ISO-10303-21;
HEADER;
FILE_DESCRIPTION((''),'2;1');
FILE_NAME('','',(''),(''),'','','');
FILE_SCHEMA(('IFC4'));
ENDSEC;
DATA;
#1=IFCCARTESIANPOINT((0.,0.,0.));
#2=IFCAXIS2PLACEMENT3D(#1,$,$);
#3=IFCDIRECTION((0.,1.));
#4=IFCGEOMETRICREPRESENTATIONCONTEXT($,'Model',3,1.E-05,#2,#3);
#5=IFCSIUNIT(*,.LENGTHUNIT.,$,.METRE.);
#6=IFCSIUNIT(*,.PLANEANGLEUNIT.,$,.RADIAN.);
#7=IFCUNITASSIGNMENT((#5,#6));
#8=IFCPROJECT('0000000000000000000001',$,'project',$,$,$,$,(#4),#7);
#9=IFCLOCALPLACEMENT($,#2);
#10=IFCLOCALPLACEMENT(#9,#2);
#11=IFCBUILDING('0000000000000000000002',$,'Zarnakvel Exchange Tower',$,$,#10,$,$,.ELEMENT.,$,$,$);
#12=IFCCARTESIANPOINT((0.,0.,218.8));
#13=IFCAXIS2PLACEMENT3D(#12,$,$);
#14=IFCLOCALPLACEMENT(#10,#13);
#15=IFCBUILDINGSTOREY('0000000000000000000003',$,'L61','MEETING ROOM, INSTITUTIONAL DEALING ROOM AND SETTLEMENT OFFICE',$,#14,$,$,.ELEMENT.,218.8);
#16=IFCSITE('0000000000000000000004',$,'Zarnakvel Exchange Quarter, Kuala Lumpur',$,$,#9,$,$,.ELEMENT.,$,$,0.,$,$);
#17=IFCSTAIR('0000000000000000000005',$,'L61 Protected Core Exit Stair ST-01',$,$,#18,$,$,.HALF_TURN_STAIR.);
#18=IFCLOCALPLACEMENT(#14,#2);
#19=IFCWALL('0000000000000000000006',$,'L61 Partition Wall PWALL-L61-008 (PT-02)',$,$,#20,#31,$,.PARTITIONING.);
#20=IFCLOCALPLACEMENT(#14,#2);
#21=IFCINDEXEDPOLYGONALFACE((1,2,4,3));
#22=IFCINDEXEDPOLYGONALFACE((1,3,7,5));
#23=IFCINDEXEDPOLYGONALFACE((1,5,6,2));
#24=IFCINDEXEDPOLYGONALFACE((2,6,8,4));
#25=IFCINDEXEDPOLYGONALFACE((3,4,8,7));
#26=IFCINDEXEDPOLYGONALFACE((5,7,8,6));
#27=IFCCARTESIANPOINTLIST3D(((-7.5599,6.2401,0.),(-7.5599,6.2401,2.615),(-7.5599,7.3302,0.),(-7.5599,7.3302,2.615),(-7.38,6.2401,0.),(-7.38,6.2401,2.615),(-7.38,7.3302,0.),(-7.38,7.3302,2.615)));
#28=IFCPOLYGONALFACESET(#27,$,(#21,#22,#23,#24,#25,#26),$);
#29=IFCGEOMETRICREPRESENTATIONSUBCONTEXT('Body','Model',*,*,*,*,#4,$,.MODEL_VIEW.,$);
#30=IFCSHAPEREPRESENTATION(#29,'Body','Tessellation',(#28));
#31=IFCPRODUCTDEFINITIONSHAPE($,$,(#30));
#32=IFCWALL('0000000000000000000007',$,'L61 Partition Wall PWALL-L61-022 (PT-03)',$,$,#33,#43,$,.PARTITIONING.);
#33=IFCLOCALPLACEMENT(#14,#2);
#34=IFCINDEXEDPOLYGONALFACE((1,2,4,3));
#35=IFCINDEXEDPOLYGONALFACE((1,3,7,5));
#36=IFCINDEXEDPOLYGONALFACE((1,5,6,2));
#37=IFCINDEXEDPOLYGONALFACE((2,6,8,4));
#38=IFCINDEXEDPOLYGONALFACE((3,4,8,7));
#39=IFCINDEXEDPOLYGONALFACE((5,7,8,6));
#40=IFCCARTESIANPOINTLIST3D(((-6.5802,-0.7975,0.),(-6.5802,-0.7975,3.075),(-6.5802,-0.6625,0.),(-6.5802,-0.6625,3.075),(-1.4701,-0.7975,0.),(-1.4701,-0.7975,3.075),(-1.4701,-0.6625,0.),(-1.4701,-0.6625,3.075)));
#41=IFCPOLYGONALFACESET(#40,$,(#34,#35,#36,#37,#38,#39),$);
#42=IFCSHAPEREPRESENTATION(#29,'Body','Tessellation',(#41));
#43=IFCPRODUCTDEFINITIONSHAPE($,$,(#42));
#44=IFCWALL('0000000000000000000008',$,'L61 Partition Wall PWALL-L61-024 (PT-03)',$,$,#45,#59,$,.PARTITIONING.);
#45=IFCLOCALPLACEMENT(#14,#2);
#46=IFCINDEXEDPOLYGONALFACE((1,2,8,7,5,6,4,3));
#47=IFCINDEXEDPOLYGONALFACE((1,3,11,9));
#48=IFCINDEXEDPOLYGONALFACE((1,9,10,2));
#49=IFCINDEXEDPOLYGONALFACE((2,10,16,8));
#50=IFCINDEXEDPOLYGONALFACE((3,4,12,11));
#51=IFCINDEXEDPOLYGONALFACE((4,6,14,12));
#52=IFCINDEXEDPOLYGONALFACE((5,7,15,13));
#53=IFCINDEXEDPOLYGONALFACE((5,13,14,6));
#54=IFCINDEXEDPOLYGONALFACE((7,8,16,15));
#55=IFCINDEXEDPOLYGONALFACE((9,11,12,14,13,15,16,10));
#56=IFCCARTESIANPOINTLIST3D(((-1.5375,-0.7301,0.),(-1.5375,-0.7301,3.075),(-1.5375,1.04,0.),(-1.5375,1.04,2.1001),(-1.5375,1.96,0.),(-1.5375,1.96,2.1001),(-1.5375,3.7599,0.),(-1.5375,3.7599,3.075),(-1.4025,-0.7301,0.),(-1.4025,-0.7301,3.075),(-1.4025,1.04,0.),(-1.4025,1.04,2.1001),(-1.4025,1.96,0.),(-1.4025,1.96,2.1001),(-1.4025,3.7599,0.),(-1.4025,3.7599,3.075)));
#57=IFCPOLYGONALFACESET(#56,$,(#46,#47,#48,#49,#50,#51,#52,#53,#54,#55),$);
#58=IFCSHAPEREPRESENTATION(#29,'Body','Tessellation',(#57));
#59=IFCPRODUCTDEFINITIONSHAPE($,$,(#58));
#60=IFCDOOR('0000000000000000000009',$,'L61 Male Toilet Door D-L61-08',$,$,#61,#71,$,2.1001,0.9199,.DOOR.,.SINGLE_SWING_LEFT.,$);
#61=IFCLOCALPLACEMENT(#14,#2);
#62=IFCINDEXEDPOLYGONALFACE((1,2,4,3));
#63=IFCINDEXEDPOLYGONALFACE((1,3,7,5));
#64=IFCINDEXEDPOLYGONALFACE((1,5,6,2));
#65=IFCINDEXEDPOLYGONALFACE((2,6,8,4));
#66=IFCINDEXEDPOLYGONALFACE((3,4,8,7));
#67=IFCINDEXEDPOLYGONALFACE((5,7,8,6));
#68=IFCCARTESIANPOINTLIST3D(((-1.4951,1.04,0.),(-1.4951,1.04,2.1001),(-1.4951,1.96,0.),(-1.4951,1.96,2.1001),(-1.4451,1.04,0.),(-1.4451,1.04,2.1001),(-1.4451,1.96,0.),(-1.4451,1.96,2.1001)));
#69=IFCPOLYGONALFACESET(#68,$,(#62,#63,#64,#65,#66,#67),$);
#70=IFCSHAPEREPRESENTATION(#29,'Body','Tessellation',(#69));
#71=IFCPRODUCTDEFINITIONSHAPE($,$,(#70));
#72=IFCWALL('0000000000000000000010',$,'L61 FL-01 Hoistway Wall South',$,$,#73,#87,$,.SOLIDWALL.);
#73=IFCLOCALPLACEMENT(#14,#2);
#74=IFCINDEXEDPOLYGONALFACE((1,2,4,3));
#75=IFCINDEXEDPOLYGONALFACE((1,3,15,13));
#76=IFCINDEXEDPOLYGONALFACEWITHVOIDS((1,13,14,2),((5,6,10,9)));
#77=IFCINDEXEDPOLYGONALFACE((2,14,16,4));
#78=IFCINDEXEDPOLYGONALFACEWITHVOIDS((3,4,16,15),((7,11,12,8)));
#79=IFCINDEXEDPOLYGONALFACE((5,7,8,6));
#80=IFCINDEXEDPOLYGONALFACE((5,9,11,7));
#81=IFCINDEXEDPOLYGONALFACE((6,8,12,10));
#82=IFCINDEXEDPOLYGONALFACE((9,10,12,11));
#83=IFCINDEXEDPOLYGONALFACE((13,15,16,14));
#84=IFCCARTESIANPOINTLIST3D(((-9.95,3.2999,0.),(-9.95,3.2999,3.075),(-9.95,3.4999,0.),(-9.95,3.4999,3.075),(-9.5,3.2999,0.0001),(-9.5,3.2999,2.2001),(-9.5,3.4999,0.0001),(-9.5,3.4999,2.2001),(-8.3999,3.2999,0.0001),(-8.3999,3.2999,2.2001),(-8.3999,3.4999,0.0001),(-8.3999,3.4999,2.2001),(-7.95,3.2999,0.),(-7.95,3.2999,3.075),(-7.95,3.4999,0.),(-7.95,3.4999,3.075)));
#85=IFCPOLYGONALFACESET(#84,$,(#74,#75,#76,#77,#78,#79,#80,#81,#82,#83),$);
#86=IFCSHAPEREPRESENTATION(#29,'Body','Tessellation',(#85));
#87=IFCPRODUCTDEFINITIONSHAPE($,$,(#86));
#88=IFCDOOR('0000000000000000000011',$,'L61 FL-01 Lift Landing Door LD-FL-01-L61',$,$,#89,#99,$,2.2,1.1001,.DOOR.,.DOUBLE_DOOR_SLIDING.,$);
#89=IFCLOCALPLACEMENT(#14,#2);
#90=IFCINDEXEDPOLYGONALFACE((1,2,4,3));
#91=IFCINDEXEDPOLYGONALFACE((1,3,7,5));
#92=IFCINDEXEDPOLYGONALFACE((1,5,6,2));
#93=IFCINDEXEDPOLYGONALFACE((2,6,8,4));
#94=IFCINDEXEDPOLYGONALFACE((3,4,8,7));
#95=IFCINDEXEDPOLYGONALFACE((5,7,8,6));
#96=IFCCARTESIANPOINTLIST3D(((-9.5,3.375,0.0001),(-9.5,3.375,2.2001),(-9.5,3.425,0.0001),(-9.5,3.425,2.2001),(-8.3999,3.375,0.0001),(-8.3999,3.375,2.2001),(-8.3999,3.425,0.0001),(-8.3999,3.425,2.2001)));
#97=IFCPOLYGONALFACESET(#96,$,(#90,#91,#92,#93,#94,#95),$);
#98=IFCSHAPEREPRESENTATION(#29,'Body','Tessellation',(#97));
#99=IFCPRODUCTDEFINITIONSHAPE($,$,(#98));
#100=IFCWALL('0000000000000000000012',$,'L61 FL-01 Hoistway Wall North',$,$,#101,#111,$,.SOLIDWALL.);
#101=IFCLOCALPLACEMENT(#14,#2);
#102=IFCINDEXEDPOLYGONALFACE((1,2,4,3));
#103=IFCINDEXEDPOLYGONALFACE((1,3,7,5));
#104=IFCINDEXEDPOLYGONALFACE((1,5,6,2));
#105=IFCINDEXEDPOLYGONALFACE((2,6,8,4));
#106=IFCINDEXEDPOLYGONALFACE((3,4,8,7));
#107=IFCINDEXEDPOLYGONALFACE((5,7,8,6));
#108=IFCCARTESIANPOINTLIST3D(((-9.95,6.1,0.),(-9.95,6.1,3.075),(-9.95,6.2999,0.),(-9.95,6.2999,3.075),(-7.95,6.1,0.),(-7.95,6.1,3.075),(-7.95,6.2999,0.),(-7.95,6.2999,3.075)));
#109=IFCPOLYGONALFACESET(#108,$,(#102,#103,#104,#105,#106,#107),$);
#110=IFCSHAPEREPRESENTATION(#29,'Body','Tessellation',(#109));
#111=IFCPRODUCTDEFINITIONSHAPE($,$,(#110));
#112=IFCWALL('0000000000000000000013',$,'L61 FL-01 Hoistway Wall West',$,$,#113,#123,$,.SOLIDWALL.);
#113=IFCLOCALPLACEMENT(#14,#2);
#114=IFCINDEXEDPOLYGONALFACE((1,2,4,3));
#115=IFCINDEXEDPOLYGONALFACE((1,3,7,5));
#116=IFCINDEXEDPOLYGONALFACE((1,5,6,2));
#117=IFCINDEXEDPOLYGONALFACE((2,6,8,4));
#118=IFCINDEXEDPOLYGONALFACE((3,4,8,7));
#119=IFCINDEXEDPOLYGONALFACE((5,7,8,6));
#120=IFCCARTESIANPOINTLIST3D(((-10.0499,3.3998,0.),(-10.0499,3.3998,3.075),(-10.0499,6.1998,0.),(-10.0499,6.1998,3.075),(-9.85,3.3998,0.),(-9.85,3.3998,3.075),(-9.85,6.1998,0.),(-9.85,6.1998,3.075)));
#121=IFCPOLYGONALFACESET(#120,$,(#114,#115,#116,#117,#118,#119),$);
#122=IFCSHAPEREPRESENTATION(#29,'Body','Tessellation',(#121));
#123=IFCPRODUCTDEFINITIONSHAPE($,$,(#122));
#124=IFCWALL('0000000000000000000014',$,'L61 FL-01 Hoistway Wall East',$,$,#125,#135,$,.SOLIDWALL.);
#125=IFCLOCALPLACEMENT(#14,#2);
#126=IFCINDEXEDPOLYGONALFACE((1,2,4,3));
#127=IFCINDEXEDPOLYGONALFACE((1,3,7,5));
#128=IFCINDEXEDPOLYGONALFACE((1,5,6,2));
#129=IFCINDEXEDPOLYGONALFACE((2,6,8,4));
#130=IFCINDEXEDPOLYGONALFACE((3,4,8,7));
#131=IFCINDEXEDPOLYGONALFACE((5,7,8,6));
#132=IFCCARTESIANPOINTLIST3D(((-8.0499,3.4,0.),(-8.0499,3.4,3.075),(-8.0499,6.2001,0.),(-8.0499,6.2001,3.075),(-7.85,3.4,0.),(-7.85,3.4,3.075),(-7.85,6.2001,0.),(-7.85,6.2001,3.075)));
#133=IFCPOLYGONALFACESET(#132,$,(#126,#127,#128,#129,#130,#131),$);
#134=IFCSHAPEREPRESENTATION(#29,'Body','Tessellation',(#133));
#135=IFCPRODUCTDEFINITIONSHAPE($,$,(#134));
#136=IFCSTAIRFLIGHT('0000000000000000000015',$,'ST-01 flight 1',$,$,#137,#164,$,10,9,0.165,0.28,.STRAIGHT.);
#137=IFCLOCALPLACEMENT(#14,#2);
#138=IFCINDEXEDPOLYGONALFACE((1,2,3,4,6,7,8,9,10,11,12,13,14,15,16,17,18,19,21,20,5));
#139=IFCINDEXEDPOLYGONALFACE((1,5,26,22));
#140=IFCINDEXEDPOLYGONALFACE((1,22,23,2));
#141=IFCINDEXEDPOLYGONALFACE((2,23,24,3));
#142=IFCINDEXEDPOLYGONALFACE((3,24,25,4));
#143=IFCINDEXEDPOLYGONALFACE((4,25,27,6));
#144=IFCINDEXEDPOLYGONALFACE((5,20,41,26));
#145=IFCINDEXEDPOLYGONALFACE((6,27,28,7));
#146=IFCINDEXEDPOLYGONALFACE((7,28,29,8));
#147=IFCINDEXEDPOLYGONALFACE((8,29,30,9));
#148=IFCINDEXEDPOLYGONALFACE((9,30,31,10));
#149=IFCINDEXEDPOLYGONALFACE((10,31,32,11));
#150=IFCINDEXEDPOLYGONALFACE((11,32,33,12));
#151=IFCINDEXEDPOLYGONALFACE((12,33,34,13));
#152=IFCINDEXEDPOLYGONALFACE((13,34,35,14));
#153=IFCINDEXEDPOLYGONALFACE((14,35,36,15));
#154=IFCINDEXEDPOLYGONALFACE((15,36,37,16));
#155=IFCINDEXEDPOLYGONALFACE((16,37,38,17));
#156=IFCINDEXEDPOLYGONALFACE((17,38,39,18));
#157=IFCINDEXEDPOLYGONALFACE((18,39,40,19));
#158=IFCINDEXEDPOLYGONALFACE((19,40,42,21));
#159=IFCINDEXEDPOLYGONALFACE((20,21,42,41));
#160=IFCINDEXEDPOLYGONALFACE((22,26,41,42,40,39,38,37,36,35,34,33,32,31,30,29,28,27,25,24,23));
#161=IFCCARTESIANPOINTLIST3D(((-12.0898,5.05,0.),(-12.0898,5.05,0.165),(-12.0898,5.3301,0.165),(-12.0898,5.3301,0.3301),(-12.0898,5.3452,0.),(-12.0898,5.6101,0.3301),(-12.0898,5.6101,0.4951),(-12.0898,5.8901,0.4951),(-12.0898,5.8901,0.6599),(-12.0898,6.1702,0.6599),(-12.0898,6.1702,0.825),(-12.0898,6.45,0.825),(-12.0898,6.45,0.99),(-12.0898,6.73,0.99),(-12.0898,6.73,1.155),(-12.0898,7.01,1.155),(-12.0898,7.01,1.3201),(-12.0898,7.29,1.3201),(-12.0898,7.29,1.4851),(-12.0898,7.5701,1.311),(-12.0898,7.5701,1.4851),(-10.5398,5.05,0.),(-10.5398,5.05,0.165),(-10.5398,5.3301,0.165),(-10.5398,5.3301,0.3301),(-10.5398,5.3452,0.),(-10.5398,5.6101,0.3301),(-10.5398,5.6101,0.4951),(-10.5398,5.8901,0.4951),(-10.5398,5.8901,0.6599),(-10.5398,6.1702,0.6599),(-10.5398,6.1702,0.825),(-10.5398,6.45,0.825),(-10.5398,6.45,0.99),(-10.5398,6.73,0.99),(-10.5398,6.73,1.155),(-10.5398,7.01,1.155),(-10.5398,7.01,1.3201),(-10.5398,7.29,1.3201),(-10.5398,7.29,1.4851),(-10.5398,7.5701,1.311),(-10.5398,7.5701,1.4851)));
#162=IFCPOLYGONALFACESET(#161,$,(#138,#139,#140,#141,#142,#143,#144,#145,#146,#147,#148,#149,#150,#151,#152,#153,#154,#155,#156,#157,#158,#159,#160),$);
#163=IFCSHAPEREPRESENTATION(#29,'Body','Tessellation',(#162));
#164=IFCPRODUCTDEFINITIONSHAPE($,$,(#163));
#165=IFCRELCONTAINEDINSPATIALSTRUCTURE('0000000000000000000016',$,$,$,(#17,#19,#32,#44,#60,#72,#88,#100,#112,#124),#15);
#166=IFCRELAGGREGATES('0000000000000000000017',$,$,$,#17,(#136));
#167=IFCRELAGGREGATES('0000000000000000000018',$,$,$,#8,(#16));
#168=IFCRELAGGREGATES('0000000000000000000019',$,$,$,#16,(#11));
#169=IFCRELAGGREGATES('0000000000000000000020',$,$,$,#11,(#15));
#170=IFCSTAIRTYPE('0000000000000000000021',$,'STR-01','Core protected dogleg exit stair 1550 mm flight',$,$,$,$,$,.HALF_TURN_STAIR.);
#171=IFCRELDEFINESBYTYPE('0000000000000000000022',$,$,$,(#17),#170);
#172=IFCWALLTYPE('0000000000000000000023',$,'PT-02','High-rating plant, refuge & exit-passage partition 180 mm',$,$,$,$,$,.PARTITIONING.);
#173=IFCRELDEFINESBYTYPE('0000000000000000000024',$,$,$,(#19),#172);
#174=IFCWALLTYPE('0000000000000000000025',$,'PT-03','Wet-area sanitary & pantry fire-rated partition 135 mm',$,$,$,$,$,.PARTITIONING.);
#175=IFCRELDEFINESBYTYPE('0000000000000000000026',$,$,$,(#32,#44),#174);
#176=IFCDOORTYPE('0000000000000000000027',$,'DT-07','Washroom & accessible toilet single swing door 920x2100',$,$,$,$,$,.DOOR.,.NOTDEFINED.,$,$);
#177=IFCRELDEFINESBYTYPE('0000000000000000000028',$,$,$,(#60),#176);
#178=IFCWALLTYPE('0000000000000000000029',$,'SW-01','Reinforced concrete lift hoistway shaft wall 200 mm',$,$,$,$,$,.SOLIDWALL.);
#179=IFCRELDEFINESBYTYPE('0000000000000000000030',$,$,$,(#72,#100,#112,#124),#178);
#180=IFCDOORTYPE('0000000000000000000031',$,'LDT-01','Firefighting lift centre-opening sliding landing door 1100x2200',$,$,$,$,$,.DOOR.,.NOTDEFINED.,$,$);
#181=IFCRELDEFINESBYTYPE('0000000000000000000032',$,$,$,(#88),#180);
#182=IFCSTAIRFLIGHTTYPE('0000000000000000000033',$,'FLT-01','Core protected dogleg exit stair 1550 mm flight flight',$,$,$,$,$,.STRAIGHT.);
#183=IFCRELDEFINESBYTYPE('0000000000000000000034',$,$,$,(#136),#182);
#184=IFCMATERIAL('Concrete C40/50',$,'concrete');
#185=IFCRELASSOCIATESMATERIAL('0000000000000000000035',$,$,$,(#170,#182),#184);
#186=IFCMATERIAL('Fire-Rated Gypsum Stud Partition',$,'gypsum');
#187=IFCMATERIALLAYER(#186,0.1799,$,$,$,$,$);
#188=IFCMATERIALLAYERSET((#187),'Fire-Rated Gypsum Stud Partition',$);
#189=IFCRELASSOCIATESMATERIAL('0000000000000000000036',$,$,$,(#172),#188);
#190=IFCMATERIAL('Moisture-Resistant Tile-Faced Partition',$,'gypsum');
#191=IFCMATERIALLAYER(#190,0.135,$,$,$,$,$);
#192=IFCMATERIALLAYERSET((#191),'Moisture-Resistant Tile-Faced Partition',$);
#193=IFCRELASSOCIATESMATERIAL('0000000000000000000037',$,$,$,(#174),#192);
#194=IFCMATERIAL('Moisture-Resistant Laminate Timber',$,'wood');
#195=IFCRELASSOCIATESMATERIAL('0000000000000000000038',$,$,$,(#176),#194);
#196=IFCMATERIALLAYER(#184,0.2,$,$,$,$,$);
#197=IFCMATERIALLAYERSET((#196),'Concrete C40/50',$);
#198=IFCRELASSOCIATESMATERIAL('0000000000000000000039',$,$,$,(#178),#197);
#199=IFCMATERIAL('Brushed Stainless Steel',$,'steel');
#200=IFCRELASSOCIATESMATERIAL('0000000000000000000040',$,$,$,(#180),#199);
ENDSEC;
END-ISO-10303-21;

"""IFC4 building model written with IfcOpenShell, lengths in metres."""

from ifc_helpers import new_model, si_unit, direction, frame, frame_2d, origin, place, context, subcontext, project, spatial, polyline, rectangle, outline, extrude, source, transform, mapped, material, layer, layer_set, type_object, element, fill, aggregate, save


model = new_model("IFC4")

# Units and contexts
model_context = context("Model", 3, precision=1e-05, world=origin(), true_north=direction((0.0, 1.0)))
body_context = subcontext(model_context, "Body", "Model", "MODEL_VIEW")
ifc_project = project(units=[si_unit("LENGTHUNIT", "METRE"), si_unit("PLANEANGLEUNIT", "RADIAN")], contexts=[model_context])

# Site, building, storey
site_placement = place(None, origin())
site = spatial("IfcSite", under=ifc_project, at=site_placement, Name="Zarnakvel Exchange Quarter, Kuala Lumpur", CompositionType="ELEMENT", RefElevation=0.0)
building_placement = place(site_placement, origin())
building = spatial("IfcBuilding", under=site, at=building_placement, Name="Zarnakvel Exchange Tower", CompositionType="ELEMENT")
storey_placement = place(building_placement, frame((0.0, 0.0, 218.8)))
storey = spatial("IfcBuildingStorey", under=building, at=storey_placement, Name="L61", Description="MEETING ROOM, INSTITUTIONAL DEALING ROOM AND SETTLEMENT OFFICE", CompositionType="ELEMENT", Elevation=218.8)

# Stair
ifc_material_1 = material(Name="Concrete C40/50", Category="concrete")
stair_type = type_object("IfcStairType", Name="STR-01", Description="Core protected dogleg exit stair 1550 mm flight", PredefinedType="HALF_TURN_STAIR", material=ifc_material_1)
stair_placement = place(storey_placement, origin())
stair = element("IfcStair", 1, at=stair_placement, inside=storey, type_object=stair_type, Name="L61 Protected Core Exit Stair ST-01", PredefinedType="HALF_TURN_STAIR")

# Shared definitions
ifc_material_2 = material(Name="Fire-Rated Gypsum Stud Partition", Category="gypsum")

# Walls
ifc_layer_1 = layer(ifc_material_2, 0.1799)
ifc_layer_set_1 = layer_set([ifc_layer_1], Name="Fire-Rated Gypsum Stud Partition")
wall_type_1 = type_object("IfcWallType", Name="PT-02", Description="High-rating plant, refuge & exit-passage partition 180 mm", PredefinedType="PARTITIONING", material=ifc_layer_set_1)
wall_1_placement = place(storey_placement, frame((-7.47, 7.3301, 0.0), z_axis=(0.0, 0.0, 1.0), x_axis=(0.0, -1.0, 0.0)))
element("IfcWall", 2, at=wall_1_placement, inside=storey, type_object=wall_type_1, Name="L61 Partition Wall PWALL-L61-008 (PT-02)", PredefinedType="PARTITIONING", context=body_context, shape_type="SweptSolid", body=[
    extrude(rectangle(XDim=1.0901, YDim=0.1799, at=frame_2d((0.5449, 0.0))), origin(), (0.0, 0.0, 1.0), 2.615),
])
ifc_material_3 = material(Name="Moisture-Resistant Tile-Faced Partition", Category="gypsum")
ifc_layer_2 = layer(ifc_material_3, 0.135)
ifc_layer_set_2 = layer_set([ifc_layer_2], Name="Moisture-Resistant Tile-Faced Partition")
wall_type_2 = type_object("IfcWallType", Name="PT-03", Description="Wet-area sanitary & pantry fire-rated partition 135 mm", PredefinedType="PARTITIONING", material=ifc_layer_set_2)
wall_2_placement = place(storey_placement, frame((-1.47, -0.73, 0.0), z_axis=(0.0, 0.0, 1.0), x_axis=(-1.0, 0.0, 0.0)))
element("IfcWall", 3, at=wall_2_placement, inside=storey, type_object=wall_type_2, Name="L61 Partition Wall PWALL-L61-022 (PT-03)", PredefinedType="PARTITIONING", context=body_context, shape_type="SweptSolid", body=[
    extrude(rectangle(XDim=5.1101, YDim=0.135, at=frame_2d((2.5552, 0.0))), origin(), (0.0, 0.0, 1.0), 3.075),
])

# Walls, openings, doors
wall_3_placement = place(storey_placement, frame((-1.47, 3.76, 0.0), z_axis=(0.0, 0.0, 1.0), x_axis=(0.0, -1.0, 0.0)))
wall_3 = element("IfcWall", 4, at=wall_3_placement, inside=storey, type_object=wall_type_2, Name="L61 Partition Wall PWALL-L61-024 (PT-03)", PredefinedType="PARTITIONING", context=body_context, shape_type="SweptSolid", body=[
    extrude(rectangle(XDim=4.49, YDim=0.135, at=frame_2d((2.2451, 0.0))), origin(), (0.0, 0.0, 1.0), 3.075),
])
opening_1_placement = place(wall_3_placement, frame((1.8, 0.0, 0.0)))
opening_1 = element("IfcOpeningElement", 5, at=opening_1_placement, cuts=wall_3, PredefinedType="OPENING", context=body_context, shape_type="SweptSolid", body=[
    extrude(rectangle(XDim=0.9199, YDim=2.1001, at=frame_2d((0.46, 1.05))), frame((0.0, 0.0774, 0.0), z_axis=(0.0, -1.0, 0.0), x_axis=(1.0, 0.0, 0.0)), (0.0, 0.0, 1.0), 0.155),
])
ifc_material_4 = material(Name="Moisture-Resistant Laminate Timber", Category="wood")
door_type_1 = type_object("IfcDoorType", Name="DT-07", Description="Washroom & accessible toilet single swing door 920x2100", OperationType="NOTDEFINED", PredefinedType="DOOR", material=ifc_material_4)
shared_shape_1 = source(origin(), body_context, "Body", "SweptSolid", [
    extrude(rectangle(XDim=0.9199, YDim=2.1001, at=frame_2d((0.46, 1.05))), frame((0.0, 0.0249, 0.0), z_axis=(0.0, -1.0, 0.0), x_axis=(1.0, 0.0, 0.0)), (0.0, 0.0, 1.0), 0.05),
])
door_1_placement = place(opening_1_placement, origin())
door_1 = element("IfcDoor", 6, at=door_1_placement, inside=storey, type_object=door_type_1, Name="L61 Male Toilet Door D-L61-08", OperationType="SINGLE_SWING_LEFT", OverallHeight=2.1001, OverallWidth=0.9199, PredefinedType="DOOR", context=body_context, shape_type="MappedRepresentation", body=[
    mapped(shared_shape_1, transform((0.0, 0.0, 0.0), x_axis=(1.0, 0.0, 0.0), y_axis=(0.0, 1.0, 0.0), z_axis=(0.0, 0.0, 1.0), scale=1.0)),
])
fill(opening_1, door_1)
ifc_layer_3 = layer(ifc_material_1, 0.2)
ifc_layer_set_3 = layer_set([ifc_layer_3], Name="Concrete C40/50")
wall_type_3 = type_object("IfcWallType", Name="SW-01", Description="Reinforced concrete lift hoistway shaft wall 200 mm", PredefinedType="SOLIDWALL", material=ifc_layer_set_3)
wall_4_placement = place(storey_placement, frame((-7.95, 3.3999, 0.0), z_axis=(0.0, 0.0, 1.0), x_axis=(-1.0, 0.0, 0.0)))
wall_4 = element("IfcWall", 7, at=wall_4_placement, inside=storey, type_object=wall_type_3, Name="L61 FL-01 Hoistway Wall South", PredefinedType="SOLIDWALL", context=body_context, shape_type="SweptSolid", body=[
    extrude(rectangle(XDim=2.0, YDim=0.2, at=frame_2d((1.0, 0.0))), origin(), (0.0, 0.0, 1.0), 3.075),
])
opening_2_placement = place(wall_4_placement, frame((0.45, 0.0, 0.0)))
opening_2 = element("IfcOpeningElement", 8, at=opening_2_placement, cuts=wall_4, PredefinedType="OPENING", context=body_context, shape_type="SweptSolid", body=[
    extrude(rectangle(XDim=1.1001, YDim=2.2, at=frame_2d((0.55, 1.1001))), frame((0.0, 0.1099, 0.0), z_axis=(0.0, -1.0, 0.0), x_axis=(1.0, 0.0, 0.0)), (0.0, 0.0, 1.0), 0.22),
])
ifc_material_5 = material(Name="Brushed Stainless Steel", Category="steel")
door_type_2 = type_object("IfcDoorType", Name="LDT-01", Description="Firefighting lift centre-opening sliding landing door 1100x2200", OperationType="NOTDEFINED", PredefinedType="DOOR", material=ifc_material_5)
shared_shape_2 = source(origin(), body_context, "Body", "SweptSolid", [
    extrude(rectangle(XDim=1.1001, YDim=2.2, at=frame_2d((0.55, 1.1001))), frame((0.0, 0.0249, 0.0), z_axis=(0.0, -1.0, 0.0), x_axis=(1.0, 0.0, 0.0)), (0.0, 0.0, 1.0), 0.05),
])
door_2_placement = place(opening_2_placement, origin())
door_2 = element("IfcDoor", 9, at=door_2_placement, inside=storey, type_object=door_type_2, Name="L61 FL-01 Lift Landing Door LD-FL-01-L61", OperationType="DOUBLE_DOOR_SLIDING", OverallHeight=2.2, OverallWidth=1.1001, PredefinedType="DOOR", context=body_context, shape_type="MappedRepresentation", body=[
    mapped(shared_shape_2, transform((0.0, 0.0, 0.0), x_axis=(1.0, 0.0, 0.0), y_axis=(0.0, 1.0, 0.0), z_axis=(0.0, 0.0, 1.0), scale=1.0)),
])
fill(opening_2, door_2)

# Walls
wall_5_placement = place(storey_placement, frame((-9.95, 6.2, 0.0), z_axis=(0.0, 0.0, 1.0), x_axis=(1.0, 0.0, 0.0)))
element("IfcWall", 10, at=wall_5_placement, inside=storey, type_object=wall_type_3, Name="L61 FL-01 Hoistway Wall North", PredefinedType="SOLIDWALL", context=body_context, shape_type="SweptSolid", body=[
    extrude(rectangle(XDim=2.0, YDim=0.2, at=frame_2d((1.0, 0.0))), origin(), (0.0, 0.0, 1.0), 3.075),
])
for number, where, z_axis, x_axis, name in (
    (11, (-9.95, 3.3999, 0.0), (0.0, 0.0, 1.0), (0.0, 1.0, 0.0), "L61 FL-01 Hoistway Wall West"),
    (12, (-7.95, 6.2, 0.0), (0.0, 0.0, 1.0), (0.0, -1.0, 0.0), "L61 FL-01 Hoistway Wall East"),
):
    element("IfcWall", number, at=place(storey_placement, frame(where, z_axis=z_axis, x_axis=x_axis)), inside=storey, type_object=wall_type_3, Name=name, PredefinedType="SOLIDWALL", context=body_context, shape_type="SweptSolid", body=[
        extrude(rectangle(XDim=2.8, YDim=0.2, at=frame_2d((1.3999, 0.0))), origin(), (0.0, 0.0, 1.0), 3.075),
    ])

# Stair flight
stair_flight_type = type_object("IfcStairFlightType", Name="FLT-01", Description="Core protected dogleg exit stair 1550 mm flight flight", PredefinedType="STRAIGHT", material=ifc_material_1)
stair_flight_placement = place(storey_placement, frame((-11.3149, 5.05, 0.0), z_axis=(0.0, 0.0, 1.0), x_axis=(0.0, 1.0, 0.0)))
stair_flight = element("IfcStairFlight", 13, at=stair_flight_placement, type_object=stair_flight_type, Name="ST-01 flight 1", NumberOfRisers=10, NumberOfTreads=9, PredefinedType="STRAIGHT", RiserHeight=0.165, TreadLength=0.28, context=body_context, shape_type="SweptSolid", body=[
    extrude(outline(polyline([(0.0, 0.0), (0.0, 0.165), (0.28, 0.165), (0.28, 0.3301), (0.5601, 0.3301), (0.5601, 0.4951), (0.8401, 0.4951), (0.8401, 0.6599), (1.1201, 0.6599), (1.1201, 0.825), (1.3999, 0.825), (1.3999, 0.99), (1.6799, 0.99), (1.6799, 1.155), (1.96, 1.155), (1.96, 1.3201), (2.24, 1.3201), (2.24, 1.4851), (2.52, 1.4851), (2.52, 1.6499), (2.52, 1.311), (0.2952, 0.0), (0.0, 0.0)])), frame((0.0, 0.7749, 0.0), z_axis=(0.0, -1.0, 0.0), x_axis=(1.0, 0.0, 0.0)), (0.0, 0.0, 1.0), 1.55),
])
aggregate(stair, [stair_flight])

save(model, "model.ifc")
